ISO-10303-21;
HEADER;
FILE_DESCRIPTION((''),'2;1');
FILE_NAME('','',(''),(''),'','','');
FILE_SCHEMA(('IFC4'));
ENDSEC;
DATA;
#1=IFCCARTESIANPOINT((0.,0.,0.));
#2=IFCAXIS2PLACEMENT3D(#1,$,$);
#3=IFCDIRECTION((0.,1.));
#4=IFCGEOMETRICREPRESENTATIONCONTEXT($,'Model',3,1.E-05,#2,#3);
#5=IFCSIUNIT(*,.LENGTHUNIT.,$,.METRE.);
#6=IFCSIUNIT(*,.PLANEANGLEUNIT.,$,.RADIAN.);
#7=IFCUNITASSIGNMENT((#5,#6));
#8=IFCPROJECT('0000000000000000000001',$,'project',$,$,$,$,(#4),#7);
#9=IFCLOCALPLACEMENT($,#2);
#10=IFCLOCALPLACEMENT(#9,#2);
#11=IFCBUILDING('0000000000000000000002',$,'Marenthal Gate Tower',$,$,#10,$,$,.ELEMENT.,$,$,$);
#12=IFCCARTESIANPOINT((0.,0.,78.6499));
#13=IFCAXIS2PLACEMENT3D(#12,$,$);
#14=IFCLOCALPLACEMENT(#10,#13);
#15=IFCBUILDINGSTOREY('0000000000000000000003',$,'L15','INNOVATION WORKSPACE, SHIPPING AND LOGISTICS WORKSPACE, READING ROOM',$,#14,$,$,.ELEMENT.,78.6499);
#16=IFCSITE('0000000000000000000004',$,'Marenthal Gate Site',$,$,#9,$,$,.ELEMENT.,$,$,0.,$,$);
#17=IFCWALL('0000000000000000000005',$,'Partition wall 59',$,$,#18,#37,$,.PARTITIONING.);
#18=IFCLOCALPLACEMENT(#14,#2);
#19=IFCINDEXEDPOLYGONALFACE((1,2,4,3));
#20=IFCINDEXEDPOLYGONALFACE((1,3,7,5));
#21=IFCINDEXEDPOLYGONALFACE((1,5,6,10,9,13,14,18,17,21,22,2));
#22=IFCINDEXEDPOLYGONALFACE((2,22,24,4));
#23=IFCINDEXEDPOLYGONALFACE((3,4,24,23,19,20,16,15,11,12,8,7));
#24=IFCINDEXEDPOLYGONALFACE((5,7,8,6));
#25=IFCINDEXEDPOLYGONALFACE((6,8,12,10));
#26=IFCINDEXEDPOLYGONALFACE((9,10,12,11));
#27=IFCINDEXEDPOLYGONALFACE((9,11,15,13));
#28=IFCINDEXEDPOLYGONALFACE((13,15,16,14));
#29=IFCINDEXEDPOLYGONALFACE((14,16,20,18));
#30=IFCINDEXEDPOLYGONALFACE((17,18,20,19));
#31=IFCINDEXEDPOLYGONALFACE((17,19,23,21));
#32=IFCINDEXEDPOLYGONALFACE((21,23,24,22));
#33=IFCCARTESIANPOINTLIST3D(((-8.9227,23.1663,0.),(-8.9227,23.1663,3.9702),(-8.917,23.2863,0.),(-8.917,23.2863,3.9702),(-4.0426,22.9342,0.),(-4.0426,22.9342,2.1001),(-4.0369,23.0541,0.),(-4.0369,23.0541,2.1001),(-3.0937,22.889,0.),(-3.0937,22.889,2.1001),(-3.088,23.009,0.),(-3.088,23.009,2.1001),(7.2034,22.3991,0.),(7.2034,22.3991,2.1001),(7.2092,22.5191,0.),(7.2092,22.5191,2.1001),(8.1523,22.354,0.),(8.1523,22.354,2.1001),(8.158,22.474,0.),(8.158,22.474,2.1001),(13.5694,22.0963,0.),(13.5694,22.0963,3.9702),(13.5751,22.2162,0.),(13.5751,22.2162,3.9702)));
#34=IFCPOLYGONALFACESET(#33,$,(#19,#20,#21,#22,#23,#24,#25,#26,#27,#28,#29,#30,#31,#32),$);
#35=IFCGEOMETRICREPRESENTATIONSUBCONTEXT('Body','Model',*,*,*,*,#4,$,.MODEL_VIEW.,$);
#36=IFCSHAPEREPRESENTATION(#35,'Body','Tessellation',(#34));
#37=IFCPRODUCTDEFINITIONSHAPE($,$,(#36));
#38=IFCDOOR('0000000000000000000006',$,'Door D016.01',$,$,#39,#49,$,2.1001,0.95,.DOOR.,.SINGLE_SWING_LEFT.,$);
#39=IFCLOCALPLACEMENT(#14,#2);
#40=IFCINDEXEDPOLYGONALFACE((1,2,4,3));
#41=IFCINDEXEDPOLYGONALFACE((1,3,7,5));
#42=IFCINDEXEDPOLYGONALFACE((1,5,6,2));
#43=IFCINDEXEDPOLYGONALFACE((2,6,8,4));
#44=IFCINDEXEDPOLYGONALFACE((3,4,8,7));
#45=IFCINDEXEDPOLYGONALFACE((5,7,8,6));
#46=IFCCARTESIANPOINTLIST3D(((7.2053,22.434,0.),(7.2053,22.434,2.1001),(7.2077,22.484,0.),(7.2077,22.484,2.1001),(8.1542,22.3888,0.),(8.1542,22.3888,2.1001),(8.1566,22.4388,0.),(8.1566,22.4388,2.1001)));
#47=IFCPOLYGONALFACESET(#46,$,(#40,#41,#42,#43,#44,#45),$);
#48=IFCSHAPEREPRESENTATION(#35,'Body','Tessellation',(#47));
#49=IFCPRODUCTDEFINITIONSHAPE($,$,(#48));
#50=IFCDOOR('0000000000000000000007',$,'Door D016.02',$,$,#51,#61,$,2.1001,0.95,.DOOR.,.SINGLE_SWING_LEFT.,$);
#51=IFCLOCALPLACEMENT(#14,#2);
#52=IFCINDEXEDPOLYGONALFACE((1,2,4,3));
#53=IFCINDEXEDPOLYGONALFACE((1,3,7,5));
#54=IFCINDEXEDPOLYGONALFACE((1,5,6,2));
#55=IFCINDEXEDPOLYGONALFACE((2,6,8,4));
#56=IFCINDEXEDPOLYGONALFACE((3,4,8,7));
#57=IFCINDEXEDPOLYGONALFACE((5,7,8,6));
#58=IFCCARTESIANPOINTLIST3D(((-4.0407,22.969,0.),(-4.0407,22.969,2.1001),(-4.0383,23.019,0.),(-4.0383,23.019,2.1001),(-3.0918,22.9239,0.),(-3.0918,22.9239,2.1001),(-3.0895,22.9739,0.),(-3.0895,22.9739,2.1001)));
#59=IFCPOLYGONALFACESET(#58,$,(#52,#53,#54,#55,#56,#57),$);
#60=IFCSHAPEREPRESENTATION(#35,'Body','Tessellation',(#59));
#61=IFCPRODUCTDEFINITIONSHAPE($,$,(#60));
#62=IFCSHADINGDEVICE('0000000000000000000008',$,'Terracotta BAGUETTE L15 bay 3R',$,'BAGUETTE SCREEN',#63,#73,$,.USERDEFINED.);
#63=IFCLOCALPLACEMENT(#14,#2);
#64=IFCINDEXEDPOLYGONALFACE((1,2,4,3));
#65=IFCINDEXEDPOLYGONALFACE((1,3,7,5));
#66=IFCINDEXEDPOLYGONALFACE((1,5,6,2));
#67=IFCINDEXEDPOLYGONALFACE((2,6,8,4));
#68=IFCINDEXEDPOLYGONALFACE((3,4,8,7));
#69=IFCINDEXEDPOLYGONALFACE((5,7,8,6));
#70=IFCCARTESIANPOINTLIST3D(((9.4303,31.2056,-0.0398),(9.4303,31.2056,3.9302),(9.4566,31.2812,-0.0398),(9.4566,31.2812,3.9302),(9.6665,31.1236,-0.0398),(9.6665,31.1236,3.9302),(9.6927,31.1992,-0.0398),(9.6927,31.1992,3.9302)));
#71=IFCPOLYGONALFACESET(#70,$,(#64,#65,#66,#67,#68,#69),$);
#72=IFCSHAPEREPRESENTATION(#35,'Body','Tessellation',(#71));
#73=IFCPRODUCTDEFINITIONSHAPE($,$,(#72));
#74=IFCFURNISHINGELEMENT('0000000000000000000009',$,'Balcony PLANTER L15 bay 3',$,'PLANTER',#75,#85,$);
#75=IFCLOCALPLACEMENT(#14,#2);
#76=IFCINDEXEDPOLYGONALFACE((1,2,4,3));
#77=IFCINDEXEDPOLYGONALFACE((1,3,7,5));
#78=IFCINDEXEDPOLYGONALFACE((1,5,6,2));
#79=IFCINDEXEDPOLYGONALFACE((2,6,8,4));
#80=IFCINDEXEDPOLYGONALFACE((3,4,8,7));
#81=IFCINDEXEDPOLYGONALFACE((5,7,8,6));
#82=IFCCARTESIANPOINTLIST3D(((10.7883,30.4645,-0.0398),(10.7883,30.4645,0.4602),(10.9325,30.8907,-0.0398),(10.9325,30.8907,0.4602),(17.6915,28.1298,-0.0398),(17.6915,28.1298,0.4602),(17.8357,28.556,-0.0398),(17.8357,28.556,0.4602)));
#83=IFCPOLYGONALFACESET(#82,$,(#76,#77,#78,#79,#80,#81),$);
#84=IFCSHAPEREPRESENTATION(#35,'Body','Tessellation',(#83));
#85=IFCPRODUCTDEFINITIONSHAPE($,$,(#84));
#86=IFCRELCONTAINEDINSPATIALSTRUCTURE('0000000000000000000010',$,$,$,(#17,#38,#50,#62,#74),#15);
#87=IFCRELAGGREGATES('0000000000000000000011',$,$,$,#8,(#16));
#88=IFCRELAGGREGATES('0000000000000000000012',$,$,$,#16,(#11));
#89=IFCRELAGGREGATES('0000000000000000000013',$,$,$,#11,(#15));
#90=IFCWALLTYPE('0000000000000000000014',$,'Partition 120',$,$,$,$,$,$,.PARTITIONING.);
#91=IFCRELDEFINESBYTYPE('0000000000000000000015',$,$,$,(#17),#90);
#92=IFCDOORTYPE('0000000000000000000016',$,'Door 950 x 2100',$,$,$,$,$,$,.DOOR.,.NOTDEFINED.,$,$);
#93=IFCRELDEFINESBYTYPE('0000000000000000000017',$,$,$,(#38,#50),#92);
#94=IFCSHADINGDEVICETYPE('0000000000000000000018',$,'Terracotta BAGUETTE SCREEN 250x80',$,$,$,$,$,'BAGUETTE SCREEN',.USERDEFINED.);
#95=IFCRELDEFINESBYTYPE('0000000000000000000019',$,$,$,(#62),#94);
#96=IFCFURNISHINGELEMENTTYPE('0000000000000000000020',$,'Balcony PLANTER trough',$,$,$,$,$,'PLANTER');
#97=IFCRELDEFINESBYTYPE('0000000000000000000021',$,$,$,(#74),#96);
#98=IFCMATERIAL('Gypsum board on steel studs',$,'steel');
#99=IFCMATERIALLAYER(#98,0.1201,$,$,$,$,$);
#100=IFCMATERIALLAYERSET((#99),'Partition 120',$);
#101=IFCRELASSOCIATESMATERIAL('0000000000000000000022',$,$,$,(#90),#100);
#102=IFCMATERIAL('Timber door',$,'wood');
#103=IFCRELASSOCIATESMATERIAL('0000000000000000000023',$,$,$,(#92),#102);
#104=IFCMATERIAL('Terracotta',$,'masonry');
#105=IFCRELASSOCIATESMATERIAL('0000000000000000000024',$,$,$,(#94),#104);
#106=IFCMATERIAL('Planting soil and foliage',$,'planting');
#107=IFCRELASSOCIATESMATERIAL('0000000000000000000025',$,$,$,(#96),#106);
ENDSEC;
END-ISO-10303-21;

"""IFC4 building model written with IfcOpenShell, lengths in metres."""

from ifc_helpers import new_model, si_unit, direction, frame, frame_2d, origin, origin_2d, place, context, subcontext, project, spatial, rectangle, extrude, material, layer, layer_set, material_profile, profile_set, type_object, element, fill, save


model = new_model("IFC4")

# Units and contexts
model_context = context("Model", 3, precision=1e-05, world=origin(), true_north=direction((0.0, 1.0)))
body_context = subcontext(model_context, "Body", "Model", "MODEL_VIEW")
ifc_project = project(units=[si_unit("LENGTHUNIT", "METRE"), si_unit("PLANEANGLEUNIT", "RADIAN")], contexts=[model_context])

# Site, building, storey
site_placement = place(None, origin())
site = spatial("IfcSite", under=ifc_project, at=site_placement, Name="Marenthal Gate Site", CompositionType="ELEMENT", RefElevation=0.0)
building_placement = place(site_placement, origin())
building = spatial("IfcBuilding", under=site, at=building_placement, Name="Marenthal Gate Tower", CompositionType="ELEMENT")
storey_placement = place(building_placement, frame((0.0, 0.0, 78.6499)))
storey = spatial("IfcBuildingStorey", under=building, at=storey_placement, Name="L15", Description="INNOVATION WORKSPACE, SHIPPING AND LOGISTICS WORKSPACE, READING ROOM", CompositionType="ELEMENT", Elevation=78.6499)

# Shared definitions
ifc_material_1 = material(Name="Gypsum board on steel studs", Category="steel")
ifc_layer_1 = layer(ifc_material_1, 0.1201)
ifc_layer_set_1 = layer_set([ifc_layer_1], Name="Partition 120")
wall_type_1 = type_object("IfcWallType", Name="Partition 120", PredefinedType="PARTITIONING", material=ifc_layer_set_1)

# Wall, openings, doors
wall_1_placement = place(storey_placement, frame((13.5723, 22.1562, 0.0), z_axis=(0.0, 0.0, 1.0), x_axis=(-0.99887, 0.047521, 0.0)))
wall_1 = element("IfcWall", 1, at=wall_1_placement, inside=storey, type_object=wall_type_1, Name="Partition wall 59", PredefinedType="PARTITIONING", context=body_context, shape_type="SweptSolid", body=[
    extrude(rectangle(XDim=22.5176, YDim=0.1201, at=frame_2d((11.2588, 0.0))), origin(), (0.0, 0.0, 1.0), 3.9702),
])
opening_1_placement = place(wall_1_placement, frame((5.4231, 0.0, 0.0)))
opening_1 = element("IfcOpeningElement", 2, at=opening_1_placement, cuts=wall_1, PredefinedType="OPENING", context=body_context, shape_type="SweptSolid", body=[
    extrude(rectangle(XDim=0.95, YDim=2.1001, at=frame_2d((0.4751, 1.05))), frame((0.0, 0.0701, 0.0), z_axis=(0.0, -1.0, 0.0), x_axis=(1.0, 0.0, 0.0)), (0.0, 0.0, 1.0), 0.1401),
])
opening_2_placement = place(wall_1_placement, frame((16.6819, 0.0, 0.0)))
opening_2 = element("IfcOpeningElement", 3, at=opening_2_placement, cuts=wall_1, PredefinedType="OPENING", context=body_context, shape_type="SweptSolid", body=[
    extrude(rectangle(XDim=0.95, YDim=2.1001, at=frame_2d((0.4751, 1.05))), frame((0.0, 0.0701, 0.0), z_axis=(0.0, -1.0, 0.0), x_axis=(1.0, 0.0, 0.0)), (0.0, 0.0, 1.0), 0.1401),
])
ifc_material_2 = material(Name="Timber door", Category="wood")
door_type_1 = type_object("IfcDoorType", Name="Door 950 x 2100", OperationType="NOTDEFINED", PredefinedType="DOOR", material=ifc_material_2)
door_1_placement = place(opening_1_placement, frame((0.95, 0.0, 0.0), z_axis=(0.0, 0.0, 1.0), x_axis=(-1.0, 0.0, 0.0)))
door_1 = element("IfcDoor", 4, at=door_1_placement, inside=storey, type_object=door_type_1, Name="Door D016.01", OperationType="SINGLE_SWING_LEFT", OverallHeight=2.1001, OverallWidth=0.95, PredefinedType="DOOR", context=body_context, shape_type="SweptSolid", body=[
    extrude(rectangle(XDim=0.95, YDim=2.1001, at=frame_2d((0.4751, 1.05))), frame((0.0, 0.0249, 0.0), z_axis=(0.0, -1.0, 0.0), x_axis=(1.0, 0.0, 0.0)), (0.0, 0.0, 1.0), 0.05),
])
fill(opening_1, door_1)
door_2_placement = place(opening_2_placement, frame((0.95, 0.0, 0.0), z_axis=(0.0, 0.0, 1.0), x_axis=(-1.0, 0.0, 0.0)))
door_2 = element("IfcDoor", 5, at=door_2_placement, inside=storey, type_object=door_type_1, Name="Door D016.02", OperationType="SINGLE_SWING_LEFT", OverallHeight=2.1001, OverallWidth=0.95, PredefinedType="DOOR", context=body_context, shape_type="SweptSolid", body=[
    extrude(rectangle(XDim=0.95, YDim=2.1001, at=frame_2d((0.4751, 1.05))), frame((0.0, 0.0249, 0.0), z_axis=(0.0, -1.0, 0.0), x_axis=(1.0, 0.0, 0.0)), (0.0, 0.0, 1.0), 0.05),
])
fill(opening_2, door_2)

# Shading device
ifc_material_3 = material(Name="Terracotta", Category="masonry")
ifc_material_profile_1 = material_profile(ifc_material_3, rectangle(XDim=0.25, YDim=0.0801, at=origin_2d()), Name="Terracotta baguette 250x80")
ifc_profile_set_1 = profile_set([ifc_material_profile_1], Name="Terracotta")
shading_device_type = type_object("IfcShadingDeviceType", Name="Terracotta BAGUETTE SCREEN 250x80", ElementType="BAGUETTE SCREEN", PredefinedType="USERDEFINED", material=ifc_profile_set_1)
shading_device_placement = place(storey_placement, frame((9.5615, 31.2024, -0.0398), z_axis=(0.0, 0.0, 1.0), x_axis=(-0.944657, 0.328061, 0.0)))
element("IfcShadingDevice", 6, at=shading_device_placement, inside=storey, type_object=shading_device_type, Name="Terracotta BAGUETTE L15 bay 3R", ObjectType="BAGUETTE SCREEN", PredefinedType="USERDEFINED", context=body_context, shape_type="SweptSolid", body=[
    extrude(rectangle(XDim=0.25, YDim=0.0801, at=origin_2d()), origin(), (0.0, 0.0, 1.0), 3.97),
])

# Furnishing element
ifc_material_4 = material(Name="Planting soil and foliage", Category="planting")
furnishing_element_type = type_object("IfcFurnishingElementType", Name="Balcony PLANTER trough", ElementType="PLANTER", material=ifc_material_4)
furnishing_placement = place(storey_placement, frame((14.312, 29.5103, -0.0398), z_axis=(0.0, 0.0, 1.0), x_axis=(-0.947289, 0.320381, 0.0)))
element("IfcFurnishingElement", 7, at=furnishing_placement, inside=storey, type_object=furnishing_element_type, Name="Balcony PLANTER L15 bay 3", ObjectType="PLANTER", context=body_context, shape_type="SweptSolid", body=[
    extrude(rectangle(XDim=7.2874, YDim=0.45, at=origin_2d()), origin(), (0.0, 0.0, 1.0), 0.5),
])

save(model, "model.ifc")
